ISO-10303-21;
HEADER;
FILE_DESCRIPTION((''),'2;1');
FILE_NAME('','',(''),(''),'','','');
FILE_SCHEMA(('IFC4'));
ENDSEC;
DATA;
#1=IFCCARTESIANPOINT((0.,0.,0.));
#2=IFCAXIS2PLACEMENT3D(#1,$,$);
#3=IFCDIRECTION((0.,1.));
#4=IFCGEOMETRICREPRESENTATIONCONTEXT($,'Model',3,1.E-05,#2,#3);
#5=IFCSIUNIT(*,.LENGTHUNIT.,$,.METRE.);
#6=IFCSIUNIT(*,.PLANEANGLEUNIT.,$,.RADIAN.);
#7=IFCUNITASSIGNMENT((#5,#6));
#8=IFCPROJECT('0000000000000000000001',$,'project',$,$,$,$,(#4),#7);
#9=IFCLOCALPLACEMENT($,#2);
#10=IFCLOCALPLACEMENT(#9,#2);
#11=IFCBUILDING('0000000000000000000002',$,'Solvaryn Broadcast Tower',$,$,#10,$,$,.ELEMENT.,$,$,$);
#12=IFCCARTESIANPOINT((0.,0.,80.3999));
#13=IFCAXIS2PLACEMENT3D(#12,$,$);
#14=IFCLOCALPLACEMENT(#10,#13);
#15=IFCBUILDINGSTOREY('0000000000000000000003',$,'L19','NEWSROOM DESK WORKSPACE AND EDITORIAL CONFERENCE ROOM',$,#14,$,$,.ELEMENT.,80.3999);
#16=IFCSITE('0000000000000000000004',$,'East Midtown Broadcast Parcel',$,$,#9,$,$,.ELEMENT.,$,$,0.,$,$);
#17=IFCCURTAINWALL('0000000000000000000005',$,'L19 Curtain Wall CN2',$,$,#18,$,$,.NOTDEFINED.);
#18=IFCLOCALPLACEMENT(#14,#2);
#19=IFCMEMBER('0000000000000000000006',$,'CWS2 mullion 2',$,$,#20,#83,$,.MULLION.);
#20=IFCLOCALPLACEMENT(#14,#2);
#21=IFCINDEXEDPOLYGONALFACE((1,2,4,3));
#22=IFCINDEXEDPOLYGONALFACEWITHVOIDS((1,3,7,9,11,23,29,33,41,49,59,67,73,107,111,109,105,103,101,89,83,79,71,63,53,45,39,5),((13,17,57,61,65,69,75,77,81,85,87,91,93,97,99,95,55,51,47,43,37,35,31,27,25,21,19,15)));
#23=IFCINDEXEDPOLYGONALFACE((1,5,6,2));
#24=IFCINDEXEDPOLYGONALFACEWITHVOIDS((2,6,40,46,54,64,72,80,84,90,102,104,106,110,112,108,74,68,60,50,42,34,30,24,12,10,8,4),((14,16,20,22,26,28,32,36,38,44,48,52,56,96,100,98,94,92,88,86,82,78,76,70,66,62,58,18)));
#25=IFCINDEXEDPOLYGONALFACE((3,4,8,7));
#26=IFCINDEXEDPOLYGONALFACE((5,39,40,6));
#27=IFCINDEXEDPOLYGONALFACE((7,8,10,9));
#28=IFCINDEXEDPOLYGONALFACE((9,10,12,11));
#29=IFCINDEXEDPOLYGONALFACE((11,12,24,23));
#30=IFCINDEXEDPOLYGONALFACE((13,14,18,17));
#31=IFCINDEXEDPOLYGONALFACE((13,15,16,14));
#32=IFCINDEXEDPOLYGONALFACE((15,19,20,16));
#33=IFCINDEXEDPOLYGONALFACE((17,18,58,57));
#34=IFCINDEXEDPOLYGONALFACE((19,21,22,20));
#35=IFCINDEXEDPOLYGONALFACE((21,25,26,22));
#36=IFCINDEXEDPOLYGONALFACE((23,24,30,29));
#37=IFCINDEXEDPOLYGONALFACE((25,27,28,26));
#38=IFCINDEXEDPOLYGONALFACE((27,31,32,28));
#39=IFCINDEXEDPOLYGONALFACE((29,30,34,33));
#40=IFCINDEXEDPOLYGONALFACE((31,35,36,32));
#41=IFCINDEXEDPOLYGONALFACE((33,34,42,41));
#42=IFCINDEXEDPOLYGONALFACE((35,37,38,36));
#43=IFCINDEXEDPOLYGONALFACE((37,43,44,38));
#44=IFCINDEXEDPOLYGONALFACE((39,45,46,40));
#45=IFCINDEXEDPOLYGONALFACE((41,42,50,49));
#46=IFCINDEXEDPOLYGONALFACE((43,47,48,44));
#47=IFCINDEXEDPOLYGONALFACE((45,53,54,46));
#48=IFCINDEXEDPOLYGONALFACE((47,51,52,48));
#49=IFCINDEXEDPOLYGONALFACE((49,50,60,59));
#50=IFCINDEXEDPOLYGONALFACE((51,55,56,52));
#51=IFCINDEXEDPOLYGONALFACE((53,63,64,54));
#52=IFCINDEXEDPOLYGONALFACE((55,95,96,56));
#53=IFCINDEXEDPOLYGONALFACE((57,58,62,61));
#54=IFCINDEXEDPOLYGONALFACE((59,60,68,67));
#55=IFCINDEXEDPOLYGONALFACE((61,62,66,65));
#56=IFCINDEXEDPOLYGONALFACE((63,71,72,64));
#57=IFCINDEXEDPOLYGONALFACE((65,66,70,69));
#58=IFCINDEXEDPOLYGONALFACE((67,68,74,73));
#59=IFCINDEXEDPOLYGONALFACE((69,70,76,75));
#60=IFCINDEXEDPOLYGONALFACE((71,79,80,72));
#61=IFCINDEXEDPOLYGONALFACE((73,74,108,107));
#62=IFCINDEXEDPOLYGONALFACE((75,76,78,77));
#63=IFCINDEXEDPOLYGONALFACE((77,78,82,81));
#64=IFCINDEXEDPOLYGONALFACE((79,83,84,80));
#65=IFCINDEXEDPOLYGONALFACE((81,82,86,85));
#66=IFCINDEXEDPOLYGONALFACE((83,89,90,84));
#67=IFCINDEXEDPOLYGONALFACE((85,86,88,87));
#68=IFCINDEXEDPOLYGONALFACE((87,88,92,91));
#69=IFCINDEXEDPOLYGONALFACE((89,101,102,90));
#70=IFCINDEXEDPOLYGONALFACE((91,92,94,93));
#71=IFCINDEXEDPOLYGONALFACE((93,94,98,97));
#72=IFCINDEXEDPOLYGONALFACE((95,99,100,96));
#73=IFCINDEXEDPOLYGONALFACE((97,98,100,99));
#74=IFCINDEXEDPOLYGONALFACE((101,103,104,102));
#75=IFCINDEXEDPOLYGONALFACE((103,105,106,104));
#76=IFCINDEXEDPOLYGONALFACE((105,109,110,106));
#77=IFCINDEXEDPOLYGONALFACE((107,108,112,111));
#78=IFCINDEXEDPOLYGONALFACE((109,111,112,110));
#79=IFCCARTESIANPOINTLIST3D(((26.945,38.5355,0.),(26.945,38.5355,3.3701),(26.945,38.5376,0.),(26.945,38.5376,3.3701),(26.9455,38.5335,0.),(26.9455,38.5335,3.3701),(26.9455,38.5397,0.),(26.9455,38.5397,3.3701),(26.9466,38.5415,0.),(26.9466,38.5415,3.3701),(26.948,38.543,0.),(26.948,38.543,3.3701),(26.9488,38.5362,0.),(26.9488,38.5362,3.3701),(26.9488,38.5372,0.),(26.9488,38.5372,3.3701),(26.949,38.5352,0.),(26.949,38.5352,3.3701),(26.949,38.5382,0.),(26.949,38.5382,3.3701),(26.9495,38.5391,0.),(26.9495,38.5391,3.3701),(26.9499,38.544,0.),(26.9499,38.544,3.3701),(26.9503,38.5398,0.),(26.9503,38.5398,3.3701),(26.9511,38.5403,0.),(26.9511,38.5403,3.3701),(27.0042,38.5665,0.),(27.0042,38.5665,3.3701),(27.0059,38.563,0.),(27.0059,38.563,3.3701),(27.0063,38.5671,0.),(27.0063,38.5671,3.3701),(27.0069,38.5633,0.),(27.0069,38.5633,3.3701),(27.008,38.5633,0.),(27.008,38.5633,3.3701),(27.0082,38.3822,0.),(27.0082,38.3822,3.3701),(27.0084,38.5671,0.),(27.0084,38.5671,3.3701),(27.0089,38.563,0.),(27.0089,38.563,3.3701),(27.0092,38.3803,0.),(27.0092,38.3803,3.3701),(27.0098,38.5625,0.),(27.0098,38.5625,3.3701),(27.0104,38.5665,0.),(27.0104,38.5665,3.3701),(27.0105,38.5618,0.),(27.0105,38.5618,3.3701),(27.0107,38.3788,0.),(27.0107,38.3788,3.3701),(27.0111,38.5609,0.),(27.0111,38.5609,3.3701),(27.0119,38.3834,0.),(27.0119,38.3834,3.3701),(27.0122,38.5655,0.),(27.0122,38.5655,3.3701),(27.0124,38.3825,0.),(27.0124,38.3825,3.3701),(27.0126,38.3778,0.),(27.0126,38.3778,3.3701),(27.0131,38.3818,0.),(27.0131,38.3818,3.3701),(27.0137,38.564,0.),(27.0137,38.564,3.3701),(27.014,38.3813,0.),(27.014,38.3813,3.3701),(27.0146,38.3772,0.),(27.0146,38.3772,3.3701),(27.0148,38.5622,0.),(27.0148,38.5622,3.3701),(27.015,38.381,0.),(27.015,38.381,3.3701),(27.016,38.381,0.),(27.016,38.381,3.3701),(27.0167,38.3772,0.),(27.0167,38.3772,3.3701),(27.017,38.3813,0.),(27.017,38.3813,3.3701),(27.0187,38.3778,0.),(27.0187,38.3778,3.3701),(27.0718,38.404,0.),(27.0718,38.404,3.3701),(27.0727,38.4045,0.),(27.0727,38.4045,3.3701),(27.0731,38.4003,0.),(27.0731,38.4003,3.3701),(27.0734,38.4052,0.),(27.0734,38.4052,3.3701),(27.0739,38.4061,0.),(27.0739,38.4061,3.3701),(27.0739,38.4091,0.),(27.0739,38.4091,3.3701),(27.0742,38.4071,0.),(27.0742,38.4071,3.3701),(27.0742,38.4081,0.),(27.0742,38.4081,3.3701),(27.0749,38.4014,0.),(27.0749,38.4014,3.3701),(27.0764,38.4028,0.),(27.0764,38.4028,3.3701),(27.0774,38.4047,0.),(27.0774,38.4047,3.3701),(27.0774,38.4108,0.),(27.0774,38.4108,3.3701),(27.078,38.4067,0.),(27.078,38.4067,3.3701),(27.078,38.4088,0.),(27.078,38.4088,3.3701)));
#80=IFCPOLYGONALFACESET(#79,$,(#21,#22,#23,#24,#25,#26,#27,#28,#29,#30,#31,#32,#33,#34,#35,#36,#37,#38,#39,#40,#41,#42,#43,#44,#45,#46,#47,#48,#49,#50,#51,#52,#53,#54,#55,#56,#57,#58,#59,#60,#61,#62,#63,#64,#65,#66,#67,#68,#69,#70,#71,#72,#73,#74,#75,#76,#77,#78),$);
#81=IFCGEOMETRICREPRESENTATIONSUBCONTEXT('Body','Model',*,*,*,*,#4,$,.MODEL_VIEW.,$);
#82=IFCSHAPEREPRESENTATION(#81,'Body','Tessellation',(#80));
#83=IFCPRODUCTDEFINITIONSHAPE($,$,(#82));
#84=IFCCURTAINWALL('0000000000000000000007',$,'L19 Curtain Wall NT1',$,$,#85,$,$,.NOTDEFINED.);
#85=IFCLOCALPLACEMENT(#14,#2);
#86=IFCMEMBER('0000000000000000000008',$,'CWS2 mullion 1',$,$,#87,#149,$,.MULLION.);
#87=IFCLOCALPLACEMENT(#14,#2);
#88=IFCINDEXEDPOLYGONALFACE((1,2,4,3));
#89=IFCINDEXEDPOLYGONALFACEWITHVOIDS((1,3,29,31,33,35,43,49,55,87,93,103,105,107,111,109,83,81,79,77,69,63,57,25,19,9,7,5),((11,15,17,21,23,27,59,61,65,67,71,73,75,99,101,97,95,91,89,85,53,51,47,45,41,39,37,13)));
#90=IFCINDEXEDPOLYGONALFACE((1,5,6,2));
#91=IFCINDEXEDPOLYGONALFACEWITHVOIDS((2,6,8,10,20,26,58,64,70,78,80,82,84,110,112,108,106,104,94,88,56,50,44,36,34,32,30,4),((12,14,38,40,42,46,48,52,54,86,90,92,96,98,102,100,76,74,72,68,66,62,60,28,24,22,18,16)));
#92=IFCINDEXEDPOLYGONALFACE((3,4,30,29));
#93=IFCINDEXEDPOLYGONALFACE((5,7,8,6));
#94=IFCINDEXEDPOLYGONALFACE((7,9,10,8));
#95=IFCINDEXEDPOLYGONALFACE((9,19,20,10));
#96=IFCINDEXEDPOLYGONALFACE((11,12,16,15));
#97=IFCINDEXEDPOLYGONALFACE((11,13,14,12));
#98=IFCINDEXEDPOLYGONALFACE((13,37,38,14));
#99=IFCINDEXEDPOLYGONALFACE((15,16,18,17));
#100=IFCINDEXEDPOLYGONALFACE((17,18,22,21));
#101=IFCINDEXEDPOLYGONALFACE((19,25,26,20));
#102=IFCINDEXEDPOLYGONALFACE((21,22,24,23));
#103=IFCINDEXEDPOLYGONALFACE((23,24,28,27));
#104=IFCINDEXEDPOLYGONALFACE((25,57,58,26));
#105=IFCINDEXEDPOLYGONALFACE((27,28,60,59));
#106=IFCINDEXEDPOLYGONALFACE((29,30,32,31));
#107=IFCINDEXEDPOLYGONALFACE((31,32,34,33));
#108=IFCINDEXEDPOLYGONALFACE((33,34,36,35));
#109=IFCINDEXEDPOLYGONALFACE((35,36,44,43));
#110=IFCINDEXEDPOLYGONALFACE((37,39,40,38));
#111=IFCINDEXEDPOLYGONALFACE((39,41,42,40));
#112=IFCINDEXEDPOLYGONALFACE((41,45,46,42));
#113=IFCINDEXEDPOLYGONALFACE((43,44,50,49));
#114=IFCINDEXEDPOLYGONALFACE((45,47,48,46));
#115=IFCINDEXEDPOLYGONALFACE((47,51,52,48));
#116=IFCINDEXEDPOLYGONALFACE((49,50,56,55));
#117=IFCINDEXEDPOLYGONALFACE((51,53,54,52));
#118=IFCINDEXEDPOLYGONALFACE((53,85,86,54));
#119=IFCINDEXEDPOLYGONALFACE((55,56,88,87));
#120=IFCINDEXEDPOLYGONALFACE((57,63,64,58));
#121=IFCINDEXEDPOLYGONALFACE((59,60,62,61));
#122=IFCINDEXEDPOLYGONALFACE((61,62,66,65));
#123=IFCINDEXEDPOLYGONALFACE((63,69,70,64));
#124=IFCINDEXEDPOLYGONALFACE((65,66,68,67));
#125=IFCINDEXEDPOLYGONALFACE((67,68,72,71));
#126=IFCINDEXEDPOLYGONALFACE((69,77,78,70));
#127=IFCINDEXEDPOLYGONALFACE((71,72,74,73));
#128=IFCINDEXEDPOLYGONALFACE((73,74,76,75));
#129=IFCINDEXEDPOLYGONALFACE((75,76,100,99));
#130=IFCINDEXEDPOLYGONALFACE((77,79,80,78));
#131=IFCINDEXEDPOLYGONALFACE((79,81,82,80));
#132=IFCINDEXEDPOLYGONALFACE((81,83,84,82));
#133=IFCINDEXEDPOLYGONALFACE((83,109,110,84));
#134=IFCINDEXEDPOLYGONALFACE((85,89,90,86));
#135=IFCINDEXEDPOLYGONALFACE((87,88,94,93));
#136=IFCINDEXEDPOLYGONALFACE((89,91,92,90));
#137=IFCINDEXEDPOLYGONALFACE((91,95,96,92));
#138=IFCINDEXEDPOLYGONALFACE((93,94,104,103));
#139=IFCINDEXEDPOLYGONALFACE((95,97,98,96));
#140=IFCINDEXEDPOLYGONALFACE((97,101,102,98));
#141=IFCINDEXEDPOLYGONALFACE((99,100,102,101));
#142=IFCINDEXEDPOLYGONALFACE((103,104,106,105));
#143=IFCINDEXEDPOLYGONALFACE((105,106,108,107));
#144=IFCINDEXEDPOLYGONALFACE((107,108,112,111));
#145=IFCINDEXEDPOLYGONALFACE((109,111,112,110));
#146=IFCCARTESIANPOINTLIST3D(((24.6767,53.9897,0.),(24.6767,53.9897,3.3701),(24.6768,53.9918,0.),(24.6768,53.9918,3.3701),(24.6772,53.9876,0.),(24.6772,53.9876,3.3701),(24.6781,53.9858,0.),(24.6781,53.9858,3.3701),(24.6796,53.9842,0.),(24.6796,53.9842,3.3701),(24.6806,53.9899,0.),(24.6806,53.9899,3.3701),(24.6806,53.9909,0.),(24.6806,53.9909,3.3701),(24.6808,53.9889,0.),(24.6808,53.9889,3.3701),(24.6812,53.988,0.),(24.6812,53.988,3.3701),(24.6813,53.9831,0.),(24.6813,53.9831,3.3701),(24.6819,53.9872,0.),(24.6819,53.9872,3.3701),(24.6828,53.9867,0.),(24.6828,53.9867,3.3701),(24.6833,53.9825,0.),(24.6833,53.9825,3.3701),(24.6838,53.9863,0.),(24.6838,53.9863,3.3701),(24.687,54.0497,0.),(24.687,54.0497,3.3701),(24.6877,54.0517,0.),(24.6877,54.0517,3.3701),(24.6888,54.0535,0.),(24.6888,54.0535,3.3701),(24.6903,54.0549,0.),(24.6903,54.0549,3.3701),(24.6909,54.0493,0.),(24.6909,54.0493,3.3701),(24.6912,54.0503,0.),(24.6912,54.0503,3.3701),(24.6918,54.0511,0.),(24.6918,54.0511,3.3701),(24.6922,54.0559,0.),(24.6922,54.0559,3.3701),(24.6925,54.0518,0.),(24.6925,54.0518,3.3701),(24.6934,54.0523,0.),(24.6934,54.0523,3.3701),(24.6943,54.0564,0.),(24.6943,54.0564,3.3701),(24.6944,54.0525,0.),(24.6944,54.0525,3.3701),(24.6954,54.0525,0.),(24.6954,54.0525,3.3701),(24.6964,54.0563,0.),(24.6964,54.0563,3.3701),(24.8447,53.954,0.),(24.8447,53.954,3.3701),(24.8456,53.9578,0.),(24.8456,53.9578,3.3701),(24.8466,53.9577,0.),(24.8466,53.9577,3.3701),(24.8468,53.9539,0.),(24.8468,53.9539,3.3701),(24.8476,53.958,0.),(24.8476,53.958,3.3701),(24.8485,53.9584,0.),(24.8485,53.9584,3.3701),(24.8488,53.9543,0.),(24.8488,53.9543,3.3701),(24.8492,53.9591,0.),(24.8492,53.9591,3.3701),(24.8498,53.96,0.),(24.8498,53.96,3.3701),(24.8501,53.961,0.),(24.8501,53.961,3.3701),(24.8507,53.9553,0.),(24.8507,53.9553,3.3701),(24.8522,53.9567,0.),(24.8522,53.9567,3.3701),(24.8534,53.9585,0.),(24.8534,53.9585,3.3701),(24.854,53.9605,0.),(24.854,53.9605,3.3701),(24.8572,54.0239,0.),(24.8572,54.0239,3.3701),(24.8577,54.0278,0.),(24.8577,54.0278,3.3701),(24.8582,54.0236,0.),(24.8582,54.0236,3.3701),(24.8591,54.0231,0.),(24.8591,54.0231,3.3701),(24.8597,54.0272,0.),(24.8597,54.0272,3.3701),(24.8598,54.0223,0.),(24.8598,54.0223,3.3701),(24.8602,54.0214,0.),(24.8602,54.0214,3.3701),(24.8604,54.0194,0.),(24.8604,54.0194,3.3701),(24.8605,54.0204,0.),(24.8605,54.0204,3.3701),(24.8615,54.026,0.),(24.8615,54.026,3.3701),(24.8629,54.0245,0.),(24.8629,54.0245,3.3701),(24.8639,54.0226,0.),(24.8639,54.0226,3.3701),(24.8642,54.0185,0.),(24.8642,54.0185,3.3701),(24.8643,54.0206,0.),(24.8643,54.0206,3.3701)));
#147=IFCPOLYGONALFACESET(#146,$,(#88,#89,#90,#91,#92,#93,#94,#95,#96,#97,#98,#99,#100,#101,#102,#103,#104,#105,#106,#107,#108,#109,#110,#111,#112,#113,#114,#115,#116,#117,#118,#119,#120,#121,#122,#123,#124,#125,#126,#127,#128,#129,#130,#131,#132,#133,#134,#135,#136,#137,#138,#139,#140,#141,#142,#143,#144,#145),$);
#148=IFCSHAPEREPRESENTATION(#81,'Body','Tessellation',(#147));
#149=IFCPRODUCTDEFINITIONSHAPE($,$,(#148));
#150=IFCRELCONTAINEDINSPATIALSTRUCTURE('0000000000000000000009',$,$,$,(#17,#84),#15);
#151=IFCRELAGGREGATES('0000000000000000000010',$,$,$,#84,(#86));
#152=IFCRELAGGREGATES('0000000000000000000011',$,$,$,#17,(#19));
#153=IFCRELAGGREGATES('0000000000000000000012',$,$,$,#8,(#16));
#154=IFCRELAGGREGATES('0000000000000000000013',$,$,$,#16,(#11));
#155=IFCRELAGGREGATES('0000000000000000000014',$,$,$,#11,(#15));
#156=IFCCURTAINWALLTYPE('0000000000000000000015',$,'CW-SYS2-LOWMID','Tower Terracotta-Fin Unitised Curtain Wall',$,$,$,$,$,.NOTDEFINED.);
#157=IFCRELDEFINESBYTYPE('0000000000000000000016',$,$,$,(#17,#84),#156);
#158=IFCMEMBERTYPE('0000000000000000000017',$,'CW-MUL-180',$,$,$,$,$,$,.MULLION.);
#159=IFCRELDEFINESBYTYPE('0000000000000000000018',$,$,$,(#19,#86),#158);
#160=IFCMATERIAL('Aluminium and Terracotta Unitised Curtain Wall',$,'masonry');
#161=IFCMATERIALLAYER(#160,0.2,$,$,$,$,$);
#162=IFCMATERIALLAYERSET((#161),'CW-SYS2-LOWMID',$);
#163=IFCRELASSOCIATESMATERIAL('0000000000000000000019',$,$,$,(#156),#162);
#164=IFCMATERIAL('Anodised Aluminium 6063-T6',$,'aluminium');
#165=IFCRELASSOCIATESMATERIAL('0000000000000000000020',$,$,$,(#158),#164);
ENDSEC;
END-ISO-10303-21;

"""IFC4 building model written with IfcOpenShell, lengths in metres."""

from ifc_helpers import new_model, si_unit, direction, frame, origin, origin_2d, place, context, subcontext, project, spatial, hollow_rectangle, extrude, material, layer, layer_set, material_profile, profile_set, type_object, element, aggregate, save


model = new_model("IFC4")

# Units and contexts
model_context = context("Model", 3, precision=1e-05, world=origin(), true_north=direction((0.0, 1.0)))
body_context = subcontext(model_context, "Body", "Model", "MODEL_VIEW")
ifc_project = project(units=[si_unit("LENGTHUNIT", "METRE"), si_unit("PLANEANGLEUNIT", "RADIAN")], contexts=[model_context])

# Site, building, storey
site_placement = place(None, origin())
site = spatial("IfcSite", under=ifc_project, at=site_placement, Name="East Midtown Broadcast Parcel", CompositionType="ELEMENT", RefElevation=0.0)
building_placement = place(site_placement, origin())
building = spatial("IfcBuilding", under=site, at=building_placement, Name="Solvaryn Broadcast Tower", CompositionType="ELEMENT")
storey_placement = place(building_placement, frame((0.0, 0.0, 80.3999)))
storey = spatial("IfcBuildingStorey", under=building, at=storey_placement, Name="L19", Description="NEWSROOM DESK WORKSPACE AND EDITORIAL CONFERENCE ROOM", CompositionType="ELEMENT", Elevation=80.3999)

# Shared definitions
ifc_material_1 = material(Name="Aluminium and Terracotta Unitised Curtain Wall", Category="masonry")
ifc_layer_1 = layer(ifc_material_1, 0.2)
ifc_layer_set_1 = layer_set([ifc_layer_1], Name="CW-SYS2-LOWMID")
curtain_wall_type = type_object("IfcCurtainWallType", Name="CW-SYS2-LOWMID", Description="Tower Terracotta-Fin Unitised Curtain Wall", PredefinedType="NOTDEFINED", material=ifc_layer_set_1)
ifc_material_2 = material(Name="Anodised Aluminium 6063-T6", Category="aluminium")
ifc_material_profile_1 = material_profile(ifc_material_2, hollow_rectangle(XDim=0.075, YDim=0.1799, WallThickness=0.0039, InnerFilletRadius=0.0039, OuterFilletRadius=0.0081, at=origin_2d()))
ifc_profile_set_1 = profile_set([ifc_material_profile_1], Name="Anodised Aluminium 6063-T6")
member_type_1 = type_object("IfcMemberType", Name="CW-MUL-180", PredefinedType="MULLION", material=ifc_profile_set_1)

# Curtain walls, members
curtain_wall_1_placement = place(storey_placement, origin())
curtain_wall_1 = element("IfcCurtainWall", 1, at=curtain_wall_1_placement, inside=storey, type_object=curtain_wall_type, Name="L19 Curtain Wall CN2", PredefinedType="NOTDEFINED")
member_1_placement = place(storey_placement, frame((27.0115, 38.4722, 0.0), z_axis=(0.0, 0.0, 1.0), x_axis=(-0.923895, -0.382646, 0.0)))
member_1 = element("IfcMember", 2, at=member_1_placement, type_object=member_type_1, Name="CWS2 mullion 2", PredefinedType="MULLION", context=body_context, shape_type="SweptSolid", body=[
    extrude(hollow_rectangle(XDim=0.075, YDim=0.1799, WallThickness=0.0039, InnerFilletRadius=0.0039, OuterFilletRadius=0.0081, at=origin_2d()), origin(), (0.0, 0.0, 1.0), 3.3701),
])
curtain_wall_2_placement = place(storey_placement, origin())
curtain_wall_2 = element("IfcCurtainWall", 3, at=curtain_wall_2_placement, inside=storey, type_object=curtain_wall_type, Name="L19 Curtain Wall NT1", PredefinedType="NOTDEFINED")
member_2_placement = place(storey_placement, frame((24.7705, 54.0051, 0.0), z_axis=(0.0, 0.0, 1.0), x_axis=(-0.173785, -0.984784, 0.0)))
member_2 = element("IfcMember", 4, at=member_2_placement, type_object=member_type_1, Name="CWS2 mullion 1", PredefinedType="MULLION", context=body_context, shape_type="SweptSolid", body=[
    extrude(hollow_rectangle(XDim=0.075, YDim=0.1799, WallThickness=0.0039, InnerFilletRadius=0.0039, OuterFilletRadius=0.0081, at=origin_2d()), origin(), (0.0, 0.0, 1.0), 3.3701),
])

aggregate(curtain_wall_2, [member_2])

aggregate(curtain_wall_1, [member_1])

save(model, "model.ifc")
